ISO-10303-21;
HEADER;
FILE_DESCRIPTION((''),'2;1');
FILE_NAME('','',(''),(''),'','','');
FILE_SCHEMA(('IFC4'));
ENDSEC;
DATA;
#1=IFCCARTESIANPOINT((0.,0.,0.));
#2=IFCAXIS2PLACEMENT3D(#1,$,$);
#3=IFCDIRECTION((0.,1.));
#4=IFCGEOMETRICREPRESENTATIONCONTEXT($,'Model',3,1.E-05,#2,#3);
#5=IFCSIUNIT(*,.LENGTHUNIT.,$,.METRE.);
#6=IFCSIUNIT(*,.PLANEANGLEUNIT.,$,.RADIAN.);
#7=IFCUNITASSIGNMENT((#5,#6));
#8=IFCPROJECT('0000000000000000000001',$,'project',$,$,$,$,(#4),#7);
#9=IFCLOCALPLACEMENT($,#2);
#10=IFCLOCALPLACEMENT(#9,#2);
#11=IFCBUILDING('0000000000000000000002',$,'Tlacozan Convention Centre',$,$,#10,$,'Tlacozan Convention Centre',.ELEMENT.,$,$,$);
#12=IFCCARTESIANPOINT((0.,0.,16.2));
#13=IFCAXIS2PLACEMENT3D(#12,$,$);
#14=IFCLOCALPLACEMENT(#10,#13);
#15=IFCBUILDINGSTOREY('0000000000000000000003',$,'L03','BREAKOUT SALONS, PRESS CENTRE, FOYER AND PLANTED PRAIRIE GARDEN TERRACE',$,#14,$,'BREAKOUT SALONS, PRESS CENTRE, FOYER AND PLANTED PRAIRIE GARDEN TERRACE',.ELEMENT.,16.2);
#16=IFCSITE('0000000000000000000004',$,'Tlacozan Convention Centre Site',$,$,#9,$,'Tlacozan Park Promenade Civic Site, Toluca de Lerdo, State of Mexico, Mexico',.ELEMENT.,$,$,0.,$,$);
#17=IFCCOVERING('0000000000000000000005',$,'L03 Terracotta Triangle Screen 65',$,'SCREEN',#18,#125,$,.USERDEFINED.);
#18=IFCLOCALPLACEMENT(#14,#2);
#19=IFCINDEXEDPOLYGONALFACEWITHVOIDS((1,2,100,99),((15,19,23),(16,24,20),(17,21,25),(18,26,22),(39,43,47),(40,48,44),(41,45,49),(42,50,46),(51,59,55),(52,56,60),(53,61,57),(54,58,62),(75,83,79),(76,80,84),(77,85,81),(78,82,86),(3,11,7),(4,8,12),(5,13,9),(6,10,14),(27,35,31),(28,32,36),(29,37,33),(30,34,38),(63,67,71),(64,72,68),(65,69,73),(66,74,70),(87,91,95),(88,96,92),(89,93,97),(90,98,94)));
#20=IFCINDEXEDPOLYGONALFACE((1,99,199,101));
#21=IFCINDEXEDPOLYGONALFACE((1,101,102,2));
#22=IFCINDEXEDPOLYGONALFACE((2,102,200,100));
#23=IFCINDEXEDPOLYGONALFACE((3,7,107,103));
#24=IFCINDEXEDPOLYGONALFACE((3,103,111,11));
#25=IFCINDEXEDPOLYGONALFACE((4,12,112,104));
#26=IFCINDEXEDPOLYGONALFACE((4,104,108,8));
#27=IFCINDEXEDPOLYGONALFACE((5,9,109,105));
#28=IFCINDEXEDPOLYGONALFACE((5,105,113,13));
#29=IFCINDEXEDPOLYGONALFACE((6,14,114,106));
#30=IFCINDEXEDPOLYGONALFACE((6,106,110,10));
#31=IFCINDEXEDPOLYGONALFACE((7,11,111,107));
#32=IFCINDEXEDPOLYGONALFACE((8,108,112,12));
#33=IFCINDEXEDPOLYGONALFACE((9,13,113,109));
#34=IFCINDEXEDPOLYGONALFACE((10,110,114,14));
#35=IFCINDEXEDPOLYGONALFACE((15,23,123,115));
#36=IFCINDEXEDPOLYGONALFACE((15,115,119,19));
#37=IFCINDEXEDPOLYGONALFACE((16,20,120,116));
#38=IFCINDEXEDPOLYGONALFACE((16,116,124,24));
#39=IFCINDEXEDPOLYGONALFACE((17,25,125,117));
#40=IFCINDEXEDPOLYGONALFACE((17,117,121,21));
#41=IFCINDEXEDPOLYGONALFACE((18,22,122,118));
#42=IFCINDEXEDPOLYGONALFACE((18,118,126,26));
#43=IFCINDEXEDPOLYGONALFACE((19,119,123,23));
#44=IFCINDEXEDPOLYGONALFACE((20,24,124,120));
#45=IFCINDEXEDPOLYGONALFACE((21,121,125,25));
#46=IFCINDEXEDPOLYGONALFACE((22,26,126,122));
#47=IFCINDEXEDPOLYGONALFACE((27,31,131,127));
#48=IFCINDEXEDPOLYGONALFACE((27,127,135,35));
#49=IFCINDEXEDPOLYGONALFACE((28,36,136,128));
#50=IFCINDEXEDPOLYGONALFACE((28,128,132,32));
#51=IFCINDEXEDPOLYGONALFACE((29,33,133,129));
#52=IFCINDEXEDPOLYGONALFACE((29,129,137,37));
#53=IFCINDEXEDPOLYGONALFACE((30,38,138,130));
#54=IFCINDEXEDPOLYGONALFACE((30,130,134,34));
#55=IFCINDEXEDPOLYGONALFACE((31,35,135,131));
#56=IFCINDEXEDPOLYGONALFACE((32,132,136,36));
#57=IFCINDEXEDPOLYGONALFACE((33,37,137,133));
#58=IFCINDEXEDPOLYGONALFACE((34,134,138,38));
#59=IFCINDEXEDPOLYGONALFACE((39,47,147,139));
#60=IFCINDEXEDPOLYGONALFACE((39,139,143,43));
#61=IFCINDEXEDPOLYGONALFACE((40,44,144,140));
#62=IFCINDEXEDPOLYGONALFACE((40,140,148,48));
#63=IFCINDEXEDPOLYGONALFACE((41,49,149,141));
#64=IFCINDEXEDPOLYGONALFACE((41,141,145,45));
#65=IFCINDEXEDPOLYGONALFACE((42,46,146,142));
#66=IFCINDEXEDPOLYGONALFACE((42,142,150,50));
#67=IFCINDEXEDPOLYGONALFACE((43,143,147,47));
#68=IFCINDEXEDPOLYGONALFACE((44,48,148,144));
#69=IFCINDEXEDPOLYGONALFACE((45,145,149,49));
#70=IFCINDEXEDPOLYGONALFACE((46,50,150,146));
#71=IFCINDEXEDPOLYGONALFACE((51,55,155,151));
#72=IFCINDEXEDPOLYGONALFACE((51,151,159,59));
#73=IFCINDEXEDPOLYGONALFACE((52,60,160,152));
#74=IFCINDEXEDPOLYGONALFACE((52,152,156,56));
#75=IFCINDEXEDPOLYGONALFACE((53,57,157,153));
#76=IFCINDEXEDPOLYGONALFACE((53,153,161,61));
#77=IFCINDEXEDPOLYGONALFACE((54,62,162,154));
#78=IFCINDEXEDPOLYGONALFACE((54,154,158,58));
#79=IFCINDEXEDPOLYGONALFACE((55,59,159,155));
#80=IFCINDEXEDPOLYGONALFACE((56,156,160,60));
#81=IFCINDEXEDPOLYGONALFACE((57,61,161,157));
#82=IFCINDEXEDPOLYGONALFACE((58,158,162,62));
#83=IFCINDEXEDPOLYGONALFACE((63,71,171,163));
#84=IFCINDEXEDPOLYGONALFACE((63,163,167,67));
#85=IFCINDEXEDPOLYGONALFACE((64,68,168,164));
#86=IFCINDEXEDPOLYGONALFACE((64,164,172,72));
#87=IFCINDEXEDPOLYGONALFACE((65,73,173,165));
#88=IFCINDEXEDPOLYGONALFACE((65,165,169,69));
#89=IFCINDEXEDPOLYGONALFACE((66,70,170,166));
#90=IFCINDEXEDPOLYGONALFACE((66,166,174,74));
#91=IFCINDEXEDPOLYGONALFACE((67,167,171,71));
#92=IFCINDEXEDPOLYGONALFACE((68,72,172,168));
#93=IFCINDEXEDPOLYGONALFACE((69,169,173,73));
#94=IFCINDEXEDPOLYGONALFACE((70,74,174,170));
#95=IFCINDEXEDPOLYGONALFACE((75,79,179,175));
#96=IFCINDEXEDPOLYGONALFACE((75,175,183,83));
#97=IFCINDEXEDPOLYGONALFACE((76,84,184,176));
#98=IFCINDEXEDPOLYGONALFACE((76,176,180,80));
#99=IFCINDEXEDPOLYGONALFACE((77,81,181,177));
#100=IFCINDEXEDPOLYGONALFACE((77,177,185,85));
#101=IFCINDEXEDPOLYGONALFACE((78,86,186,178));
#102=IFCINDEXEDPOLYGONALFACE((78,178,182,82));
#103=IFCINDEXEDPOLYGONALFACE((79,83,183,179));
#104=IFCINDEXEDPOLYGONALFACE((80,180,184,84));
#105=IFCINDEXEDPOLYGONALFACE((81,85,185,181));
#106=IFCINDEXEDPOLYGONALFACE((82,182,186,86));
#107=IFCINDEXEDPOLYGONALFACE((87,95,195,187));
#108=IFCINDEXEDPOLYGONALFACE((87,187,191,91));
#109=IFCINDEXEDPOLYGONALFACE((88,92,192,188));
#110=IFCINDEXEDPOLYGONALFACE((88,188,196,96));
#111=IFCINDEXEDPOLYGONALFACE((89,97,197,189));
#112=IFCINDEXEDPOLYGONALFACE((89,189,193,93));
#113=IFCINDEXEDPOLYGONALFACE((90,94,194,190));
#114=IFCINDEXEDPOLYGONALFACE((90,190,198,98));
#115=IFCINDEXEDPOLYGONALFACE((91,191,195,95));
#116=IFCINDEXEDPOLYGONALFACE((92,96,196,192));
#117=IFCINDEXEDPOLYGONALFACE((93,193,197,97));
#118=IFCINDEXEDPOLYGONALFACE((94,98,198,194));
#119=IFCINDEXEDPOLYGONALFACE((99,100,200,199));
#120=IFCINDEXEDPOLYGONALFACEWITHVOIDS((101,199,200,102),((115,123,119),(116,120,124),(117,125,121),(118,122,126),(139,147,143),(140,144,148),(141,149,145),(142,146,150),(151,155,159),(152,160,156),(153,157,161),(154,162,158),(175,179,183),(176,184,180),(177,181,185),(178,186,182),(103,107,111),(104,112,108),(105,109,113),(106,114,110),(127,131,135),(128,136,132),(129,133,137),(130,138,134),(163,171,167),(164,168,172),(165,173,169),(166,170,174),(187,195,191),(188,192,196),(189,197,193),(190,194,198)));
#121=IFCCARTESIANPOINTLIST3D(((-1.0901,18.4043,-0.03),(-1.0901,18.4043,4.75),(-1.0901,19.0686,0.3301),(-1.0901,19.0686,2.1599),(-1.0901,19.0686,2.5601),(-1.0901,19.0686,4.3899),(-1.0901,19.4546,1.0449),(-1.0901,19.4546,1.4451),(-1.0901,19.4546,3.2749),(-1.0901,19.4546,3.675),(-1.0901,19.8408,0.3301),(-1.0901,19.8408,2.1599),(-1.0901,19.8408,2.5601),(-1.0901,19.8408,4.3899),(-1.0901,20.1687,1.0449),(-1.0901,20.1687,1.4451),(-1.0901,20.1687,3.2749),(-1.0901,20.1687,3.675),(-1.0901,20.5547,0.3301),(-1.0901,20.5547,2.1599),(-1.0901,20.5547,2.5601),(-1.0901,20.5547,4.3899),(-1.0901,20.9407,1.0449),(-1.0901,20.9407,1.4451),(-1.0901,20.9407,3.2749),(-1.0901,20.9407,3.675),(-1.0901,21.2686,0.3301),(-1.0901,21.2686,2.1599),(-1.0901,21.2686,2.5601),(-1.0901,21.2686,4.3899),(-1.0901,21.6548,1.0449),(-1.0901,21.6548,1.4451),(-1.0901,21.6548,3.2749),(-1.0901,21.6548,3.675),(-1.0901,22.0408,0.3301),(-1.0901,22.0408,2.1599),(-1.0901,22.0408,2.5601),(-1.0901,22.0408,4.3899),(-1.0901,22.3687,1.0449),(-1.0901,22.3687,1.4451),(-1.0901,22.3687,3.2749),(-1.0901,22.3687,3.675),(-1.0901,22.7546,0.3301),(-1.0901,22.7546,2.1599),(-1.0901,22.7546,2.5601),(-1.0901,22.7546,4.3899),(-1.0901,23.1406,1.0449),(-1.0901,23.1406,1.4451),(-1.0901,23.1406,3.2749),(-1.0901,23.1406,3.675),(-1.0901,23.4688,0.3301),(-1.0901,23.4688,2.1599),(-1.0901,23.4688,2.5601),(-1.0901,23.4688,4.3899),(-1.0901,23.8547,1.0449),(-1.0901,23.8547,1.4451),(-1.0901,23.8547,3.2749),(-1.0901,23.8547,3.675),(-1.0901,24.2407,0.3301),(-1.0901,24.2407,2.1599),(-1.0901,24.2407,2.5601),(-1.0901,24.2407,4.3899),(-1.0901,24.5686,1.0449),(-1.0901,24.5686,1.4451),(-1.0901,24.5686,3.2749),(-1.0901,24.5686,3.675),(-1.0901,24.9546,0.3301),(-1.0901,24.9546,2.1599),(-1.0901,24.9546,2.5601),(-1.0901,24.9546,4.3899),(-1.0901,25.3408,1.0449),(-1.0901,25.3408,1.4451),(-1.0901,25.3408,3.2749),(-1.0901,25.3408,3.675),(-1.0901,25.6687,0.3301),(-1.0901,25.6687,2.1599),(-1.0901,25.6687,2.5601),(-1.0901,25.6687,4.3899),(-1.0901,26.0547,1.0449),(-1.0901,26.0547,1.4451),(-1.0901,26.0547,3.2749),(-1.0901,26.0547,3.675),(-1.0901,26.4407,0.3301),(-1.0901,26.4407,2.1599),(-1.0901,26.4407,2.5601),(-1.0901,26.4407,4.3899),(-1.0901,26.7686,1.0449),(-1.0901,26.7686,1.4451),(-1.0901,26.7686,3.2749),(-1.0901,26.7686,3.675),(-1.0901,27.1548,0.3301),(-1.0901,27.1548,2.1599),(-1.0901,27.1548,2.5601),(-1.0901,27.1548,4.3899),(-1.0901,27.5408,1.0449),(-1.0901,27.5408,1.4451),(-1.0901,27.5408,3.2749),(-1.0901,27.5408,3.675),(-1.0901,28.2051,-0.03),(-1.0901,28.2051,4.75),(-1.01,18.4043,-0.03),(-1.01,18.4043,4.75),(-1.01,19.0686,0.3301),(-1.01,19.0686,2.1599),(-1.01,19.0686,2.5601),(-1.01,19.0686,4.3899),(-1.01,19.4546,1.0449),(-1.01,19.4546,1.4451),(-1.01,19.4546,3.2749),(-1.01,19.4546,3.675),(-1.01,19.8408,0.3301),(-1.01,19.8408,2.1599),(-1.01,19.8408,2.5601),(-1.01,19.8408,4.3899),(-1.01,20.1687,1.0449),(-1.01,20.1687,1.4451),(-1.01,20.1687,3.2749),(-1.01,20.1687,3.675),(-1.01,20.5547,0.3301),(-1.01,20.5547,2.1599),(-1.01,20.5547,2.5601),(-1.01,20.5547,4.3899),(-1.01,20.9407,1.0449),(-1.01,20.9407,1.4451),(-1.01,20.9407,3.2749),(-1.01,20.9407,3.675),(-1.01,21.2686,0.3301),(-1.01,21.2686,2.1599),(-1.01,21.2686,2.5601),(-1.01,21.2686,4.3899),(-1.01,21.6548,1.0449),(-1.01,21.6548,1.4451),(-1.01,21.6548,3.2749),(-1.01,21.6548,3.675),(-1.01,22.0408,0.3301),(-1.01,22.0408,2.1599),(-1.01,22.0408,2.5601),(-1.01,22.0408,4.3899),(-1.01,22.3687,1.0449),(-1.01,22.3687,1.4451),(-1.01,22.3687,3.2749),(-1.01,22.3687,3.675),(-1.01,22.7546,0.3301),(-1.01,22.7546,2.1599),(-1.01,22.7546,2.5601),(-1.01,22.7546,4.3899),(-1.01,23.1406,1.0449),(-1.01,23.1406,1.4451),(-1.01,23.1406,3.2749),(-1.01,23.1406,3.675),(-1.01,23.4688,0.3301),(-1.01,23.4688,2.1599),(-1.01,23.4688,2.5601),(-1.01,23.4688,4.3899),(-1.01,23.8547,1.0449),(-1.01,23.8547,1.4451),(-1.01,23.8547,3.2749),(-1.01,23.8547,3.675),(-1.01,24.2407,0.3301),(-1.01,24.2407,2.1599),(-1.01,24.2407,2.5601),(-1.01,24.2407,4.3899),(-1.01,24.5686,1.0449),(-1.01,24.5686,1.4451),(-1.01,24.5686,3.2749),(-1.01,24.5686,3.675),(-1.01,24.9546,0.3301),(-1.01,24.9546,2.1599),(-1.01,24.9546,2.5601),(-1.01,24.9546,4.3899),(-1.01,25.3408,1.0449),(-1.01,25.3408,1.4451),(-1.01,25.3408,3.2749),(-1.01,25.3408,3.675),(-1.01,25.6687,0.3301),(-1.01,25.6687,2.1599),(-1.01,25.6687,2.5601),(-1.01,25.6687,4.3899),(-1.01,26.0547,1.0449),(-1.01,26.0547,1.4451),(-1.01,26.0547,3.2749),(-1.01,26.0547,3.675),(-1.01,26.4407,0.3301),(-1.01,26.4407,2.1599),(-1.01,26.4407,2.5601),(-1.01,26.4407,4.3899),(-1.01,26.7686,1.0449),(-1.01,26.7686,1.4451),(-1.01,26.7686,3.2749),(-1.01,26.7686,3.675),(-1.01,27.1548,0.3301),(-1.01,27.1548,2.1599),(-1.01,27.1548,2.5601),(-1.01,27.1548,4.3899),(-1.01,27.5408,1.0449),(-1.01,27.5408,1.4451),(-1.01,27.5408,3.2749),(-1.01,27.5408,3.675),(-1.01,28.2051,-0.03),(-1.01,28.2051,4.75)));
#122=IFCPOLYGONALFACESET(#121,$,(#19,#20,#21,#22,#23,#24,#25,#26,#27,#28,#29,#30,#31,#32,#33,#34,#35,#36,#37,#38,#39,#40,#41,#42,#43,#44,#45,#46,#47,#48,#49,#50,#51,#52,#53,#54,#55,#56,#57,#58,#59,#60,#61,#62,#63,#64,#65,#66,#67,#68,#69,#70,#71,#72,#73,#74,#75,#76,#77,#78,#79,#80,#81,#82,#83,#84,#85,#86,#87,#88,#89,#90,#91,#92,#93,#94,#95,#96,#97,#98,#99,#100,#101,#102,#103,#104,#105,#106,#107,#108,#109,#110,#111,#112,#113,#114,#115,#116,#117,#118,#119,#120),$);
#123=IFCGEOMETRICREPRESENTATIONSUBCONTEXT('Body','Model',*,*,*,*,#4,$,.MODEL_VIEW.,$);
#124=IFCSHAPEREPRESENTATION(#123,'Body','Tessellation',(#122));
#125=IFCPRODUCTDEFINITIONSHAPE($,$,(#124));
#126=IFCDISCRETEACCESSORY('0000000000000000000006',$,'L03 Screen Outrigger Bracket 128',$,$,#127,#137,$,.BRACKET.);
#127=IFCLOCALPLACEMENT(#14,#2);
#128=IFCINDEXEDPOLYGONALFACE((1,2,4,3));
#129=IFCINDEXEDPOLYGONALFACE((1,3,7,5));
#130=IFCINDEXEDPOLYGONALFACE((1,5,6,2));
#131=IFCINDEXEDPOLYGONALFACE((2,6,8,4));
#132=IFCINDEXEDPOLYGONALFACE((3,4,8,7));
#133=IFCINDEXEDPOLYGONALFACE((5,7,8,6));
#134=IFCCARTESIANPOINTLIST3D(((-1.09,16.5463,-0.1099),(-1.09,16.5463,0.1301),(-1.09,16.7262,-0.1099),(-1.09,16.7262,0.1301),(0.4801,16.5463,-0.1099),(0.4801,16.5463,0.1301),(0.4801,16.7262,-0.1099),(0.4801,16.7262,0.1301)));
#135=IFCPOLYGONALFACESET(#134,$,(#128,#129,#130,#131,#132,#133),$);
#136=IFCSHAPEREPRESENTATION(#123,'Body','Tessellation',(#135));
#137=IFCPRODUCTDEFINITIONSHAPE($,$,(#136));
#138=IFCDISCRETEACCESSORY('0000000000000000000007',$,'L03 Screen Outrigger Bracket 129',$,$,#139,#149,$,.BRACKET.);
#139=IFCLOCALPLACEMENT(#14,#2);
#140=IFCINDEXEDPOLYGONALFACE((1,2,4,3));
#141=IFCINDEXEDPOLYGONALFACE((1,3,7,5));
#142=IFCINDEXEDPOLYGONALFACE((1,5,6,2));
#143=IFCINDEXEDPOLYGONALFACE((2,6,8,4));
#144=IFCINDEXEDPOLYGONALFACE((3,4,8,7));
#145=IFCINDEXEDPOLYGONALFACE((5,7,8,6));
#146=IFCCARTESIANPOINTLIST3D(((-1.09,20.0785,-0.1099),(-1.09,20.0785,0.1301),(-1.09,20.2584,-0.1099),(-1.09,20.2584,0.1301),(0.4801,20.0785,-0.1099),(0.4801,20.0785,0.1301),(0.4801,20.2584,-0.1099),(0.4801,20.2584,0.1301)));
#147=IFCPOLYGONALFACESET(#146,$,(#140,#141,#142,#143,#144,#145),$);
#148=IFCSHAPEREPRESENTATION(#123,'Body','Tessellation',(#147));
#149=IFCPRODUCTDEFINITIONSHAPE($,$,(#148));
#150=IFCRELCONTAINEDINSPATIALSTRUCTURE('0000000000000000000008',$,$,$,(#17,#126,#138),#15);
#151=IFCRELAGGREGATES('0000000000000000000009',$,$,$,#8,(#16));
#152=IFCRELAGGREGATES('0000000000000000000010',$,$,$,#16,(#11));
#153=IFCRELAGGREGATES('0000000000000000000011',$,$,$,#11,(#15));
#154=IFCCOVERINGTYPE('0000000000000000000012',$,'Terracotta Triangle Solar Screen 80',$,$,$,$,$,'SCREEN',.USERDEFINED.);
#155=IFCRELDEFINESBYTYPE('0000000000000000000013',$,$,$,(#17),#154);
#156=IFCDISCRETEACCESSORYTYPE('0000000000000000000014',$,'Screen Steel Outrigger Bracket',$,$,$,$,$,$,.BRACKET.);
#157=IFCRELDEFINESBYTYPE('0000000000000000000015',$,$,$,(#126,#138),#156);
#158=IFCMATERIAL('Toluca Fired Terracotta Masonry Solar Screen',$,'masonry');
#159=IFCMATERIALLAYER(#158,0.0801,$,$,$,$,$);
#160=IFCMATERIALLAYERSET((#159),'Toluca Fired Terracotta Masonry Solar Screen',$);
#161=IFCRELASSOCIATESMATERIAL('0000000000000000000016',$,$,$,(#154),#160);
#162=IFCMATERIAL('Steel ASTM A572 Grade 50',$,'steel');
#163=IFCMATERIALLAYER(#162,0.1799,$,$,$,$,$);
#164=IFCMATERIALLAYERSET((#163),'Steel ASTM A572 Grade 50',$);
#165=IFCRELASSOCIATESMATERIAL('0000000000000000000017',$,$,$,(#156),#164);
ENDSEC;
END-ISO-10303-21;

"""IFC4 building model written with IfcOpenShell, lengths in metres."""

from ifc_helpers import new_model, si_unit, direction, frame, origin, origin_2d, place, context, subcontext, project, spatial, polyline, rectangle, outline, extrude, material, layer, layer_set, type_object, element, save


model = new_model("IFC4")

# Units and contexts
model_context = context("Model", 3, precision=1e-05, world=origin(), true_north=direction((0.0, 1.0)))
body_context = subcontext(model_context, "Body", "Model", "MODEL_VIEW")
ifc_project = project(units=[si_unit("LENGTHUNIT", "METRE"), si_unit("PLANEANGLEUNIT", "RADIAN")], contexts=[model_context])

# Site, building, storey
site_placement = place(None, origin())
site = spatial("IfcSite", under=ifc_project, at=site_placement, Name="Tlacozan Convention Centre Site", LongName="Tlacozan Park Promenade Civic Site, Toluca de Lerdo, State of Mexico, Mexico", CompositionType="ELEMENT", RefElevation=0.0)
building_placement = place(site_placement, origin())
building = spatial("IfcBuilding", under=site, at=building_placement, Name="Tlacozan Convention Centre", LongName="Tlacozan Convention Centre", CompositionType="ELEMENT")
storey_placement = place(building_placement, frame((0.0, 0.0, 16.2)))
storey = spatial("IfcBuildingStorey", under=building, at=storey_placement, Name="L03", Description="BREAKOUT SALONS, PRESS CENTRE, FOYER AND PLANTED PRAIRIE GARDEN TERRACE", LongName="BREAKOUT SALONS, PRESS CENTRE, FOYER AND PLANTED PRAIRIE GARDEN TERRACE", CompositionType="ELEMENT", Elevation=16.2)

# Covering
ifc_material_1 = material(Name="Toluca Fired Terracotta Masonry Solar Screen", Category="masonry")
ifc_layer_1 = layer(ifc_material_1, 0.0801)
ifc_layer_set_1 = layer_set([ifc_layer_1], Name="Toluca Fired Terracotta Masonry Solar Screen")
covering_type = type_object("IfcCoveringType", Name="Terracotta Triangle Solar Screen 80", ElementType="SCREEN", PredefinedType="USERDEFINED", material=ifc_layer_set_1)
covering_placement = place(storey_placement, frame((-1.05, 18.4043, -0.03), z_axis=(0.0, 0.0, 1.0), x_axis=(0.0, 1.0, 0.0)))
element("IfcCovering", 1, at=covering_placement, inside=storey, type_object=covering_type, Name="L03 Terracotta Triangle Screen 65", ObjectType="SCREEN", PredefinedType="USERDEFINED", context=body_context, shape_type="SweptSolid", body=[
    extrude(outline(polyline([(0.0, 0.0), (9.8008, 0.0), (9.8008, 4.78), (0.0, 4.78), (0.0, 0.0)]), holes=[polyline([(0.6643, 0.3601), (1.4365, 0.3601), (1.0503, 1.075), (0.6643, 0.3601)]), polyline([(1.7644, 1.075), (2.5364, 1.075), (2.1504, 0.3601), (1.7644, 1.075)]), polyline([(2.8643, 0.3601), (3.6365, 0.3601), (3.2505, 1.075), (2.8643, 0.3601)]), polyline([(3.9644, 1.075), (4.7363, 1.075), (4.3503, 0.3601), (3.9644, 1.075)]), polyline([(5.0645, 0.3601), (5.8364, 0.3601), (5.4504, 1.075), (5.0645, 0.3601)]), polyline([(6.1643, 1.075), (6.9365, 1.075), (6.5503, 0.3601), (6.1643, 1.075)]), polyline([(7.2644, 0.3601), (8.0364, 0.3601), (7.6504, 1.075), (7.2644, 0.3601)]), polyline([(8.3643, 1.075), (9.1365, 1.075), (8.7505, 0.3601), (8.3643, 1.075)]), polyline([(0.6643, 2.1899), (1.4365, 2.1899), (1.0503, 1.4751), (0.6643, 2.1899)]), polyline([(1.7644, 1.4751), (2.5364, 1.4751), (2.1504, 2.1899), (1.7644, 1.4751)]), polyline([(2.8643, 2.1899), (3.6365, 2.1899), (3.2505, 1.4751), (2.8643, 2.1899)]), polyline([(3.9644, 1.4751), (4.7363, 1.4751), (4.3503, 2.1899), (3.9644, 1.4751)]), polyline([(5.0645, 2.1899), (5.8364, 2.1899), (5.4504, 1.4751), (5.0645, 2.1899)]), polyline([(6.1643, 1.4751), (6.9365, 1.4751), (6.5503, 2.1899), (6.1643, 1.4751)]), polyline([(7.2644, 2.1899), (8.0364, 2.1899), (7.6504, 1.4751), (7.2644, 2.1899)]), polyline([(8.3643, 1.4751), (9.1365, 1.4751), (8.7505, 2.1899), (8.3643, 1.4751)]), polyline([(0.6643, 2.5901), (1.4365, 2.5901), (1.0503, 3.3049), (0.6643, 2.5901)]), polyline([(1.7644, 3.3049), (2.5364, 3.3049), (2.1504, 2.5901), (1.7644, 3.3049)]), polyline([(2.8643, 2.5901), (3.6365, 2.5901), (3.2505, 3.3049), (2.8643, 2.5901)]), polyline([(3.9644, 3.3049), (4.7363, 3.3049), (4.3503, 2.5901), (3.9644, 3.3049)]), polyline([(5.0645, 2.5901), (5.8364, 2.5901), (5.4504, 3.3049), (5.0645, 2.5901)]), polyline([(6.1643, 3.3049), (6.9365, 3.3049), (6.5503, 2.5901), (6.1643, 3.3049)]), polyline([(7.2644, 2.5901), (8.0364, 2.5901), (7.6504, 3.3049), (7.2644, 2.5901)]), polyline([(8.3643, 3.3049), (9.1365, 3.3049), (8.7505, 2.5901), (8.3643, 3.3049)]), polyline([(0.6643, 4.4199), (1.4365, 4.4199), (1.0503, 3.7051), (0.6643, 4.4199)]), polyline([(1.7644, 3.7051), (2.5364, 3.7051), (2.1504, 4.4199), (1.7644, 3.7051)]), polyline([(2.8643, 4.4199), (3.6365, 4.4199), (3.2505, 3.7051), (2.8643, 4.4199)]), polyline([(3.9644, 3.7051), (4.7363, 3.7051), (4.3503, 4.4199), (3.9644, 3.7051)]), polyline([(5.0645, 4.4199), (5.8364, 4.4199), (5.4504, 3.7051), (5.0645, 4.4199)]), polyline([(6.1643, 3.7051), (6.9365, 3.7051), (6.5503, 4.4199), (6.1643, 3.7051)]), polyline([(7.2644, 4.4199), (8.0364, 4.4199), (7.6504, 3.7051), (7.2644, 4.4199)]), polyline([(8.3643, 3.7051), (9.1365, 3.7051), (8.7505, 4.4199), (8.3643, 3.7051)])]), frame((0.0, 0.04, 0.0), z_axis=(0.0, -1.0, 0.0), x_axis=(1.0, 0.0, 0.0)), (0.0, 0.0, 1.0), 0.0801),
])

# Discrete accessories
ifc_material_2 = material(Name="Steel ASTM A572 Grade 50", Category="steel")
ifc_layer_2 = layer(ifc_material_2, 0.1799)
ifc_layer_set_2 = layer_set([ifc_layer_2], Name="Steel ASTM A572 Grade 50")
discrete_accessory_type = type_object("IfcDiscreteAccessoryType", Name="Screen Steel Outrigger Bracket", PredefinedType="BRACKET", material=ifc_layer_set_2)
for number, where, z_axis, x_axis, name in (
    (2, (-0.3049, 16.6362, -0.1099), (0.0, 0.0, 1.0), (1.0, 0.0, 0.0), "L03 Screen Outrigger Bracket 128"),
    (3, (-0.3049, 20.1685, -0.1099), (0.0, 0.0, 1.0), (1.0, 0.0, 0.0), "L03 Screen Outrigger Bracket 129"),
):
    element("IfcDiscreteAccessory", number, at=place(storey_placement, frame(where, z_axis=z_axis, x_axis=x_axis)), inside=storey, type_object=discrete_accessory_type, Name=name, PredefinedType="BRACKET", context=body_context, shape_type="SweptSolid", body=[
        extrude(rectangle(XDim=1.5701, YDim=0.1799, at=origin_2d()), origin(), (0.0, 0.0, 1.0), 0.24),
    ])

save(model, "model.ifc")
